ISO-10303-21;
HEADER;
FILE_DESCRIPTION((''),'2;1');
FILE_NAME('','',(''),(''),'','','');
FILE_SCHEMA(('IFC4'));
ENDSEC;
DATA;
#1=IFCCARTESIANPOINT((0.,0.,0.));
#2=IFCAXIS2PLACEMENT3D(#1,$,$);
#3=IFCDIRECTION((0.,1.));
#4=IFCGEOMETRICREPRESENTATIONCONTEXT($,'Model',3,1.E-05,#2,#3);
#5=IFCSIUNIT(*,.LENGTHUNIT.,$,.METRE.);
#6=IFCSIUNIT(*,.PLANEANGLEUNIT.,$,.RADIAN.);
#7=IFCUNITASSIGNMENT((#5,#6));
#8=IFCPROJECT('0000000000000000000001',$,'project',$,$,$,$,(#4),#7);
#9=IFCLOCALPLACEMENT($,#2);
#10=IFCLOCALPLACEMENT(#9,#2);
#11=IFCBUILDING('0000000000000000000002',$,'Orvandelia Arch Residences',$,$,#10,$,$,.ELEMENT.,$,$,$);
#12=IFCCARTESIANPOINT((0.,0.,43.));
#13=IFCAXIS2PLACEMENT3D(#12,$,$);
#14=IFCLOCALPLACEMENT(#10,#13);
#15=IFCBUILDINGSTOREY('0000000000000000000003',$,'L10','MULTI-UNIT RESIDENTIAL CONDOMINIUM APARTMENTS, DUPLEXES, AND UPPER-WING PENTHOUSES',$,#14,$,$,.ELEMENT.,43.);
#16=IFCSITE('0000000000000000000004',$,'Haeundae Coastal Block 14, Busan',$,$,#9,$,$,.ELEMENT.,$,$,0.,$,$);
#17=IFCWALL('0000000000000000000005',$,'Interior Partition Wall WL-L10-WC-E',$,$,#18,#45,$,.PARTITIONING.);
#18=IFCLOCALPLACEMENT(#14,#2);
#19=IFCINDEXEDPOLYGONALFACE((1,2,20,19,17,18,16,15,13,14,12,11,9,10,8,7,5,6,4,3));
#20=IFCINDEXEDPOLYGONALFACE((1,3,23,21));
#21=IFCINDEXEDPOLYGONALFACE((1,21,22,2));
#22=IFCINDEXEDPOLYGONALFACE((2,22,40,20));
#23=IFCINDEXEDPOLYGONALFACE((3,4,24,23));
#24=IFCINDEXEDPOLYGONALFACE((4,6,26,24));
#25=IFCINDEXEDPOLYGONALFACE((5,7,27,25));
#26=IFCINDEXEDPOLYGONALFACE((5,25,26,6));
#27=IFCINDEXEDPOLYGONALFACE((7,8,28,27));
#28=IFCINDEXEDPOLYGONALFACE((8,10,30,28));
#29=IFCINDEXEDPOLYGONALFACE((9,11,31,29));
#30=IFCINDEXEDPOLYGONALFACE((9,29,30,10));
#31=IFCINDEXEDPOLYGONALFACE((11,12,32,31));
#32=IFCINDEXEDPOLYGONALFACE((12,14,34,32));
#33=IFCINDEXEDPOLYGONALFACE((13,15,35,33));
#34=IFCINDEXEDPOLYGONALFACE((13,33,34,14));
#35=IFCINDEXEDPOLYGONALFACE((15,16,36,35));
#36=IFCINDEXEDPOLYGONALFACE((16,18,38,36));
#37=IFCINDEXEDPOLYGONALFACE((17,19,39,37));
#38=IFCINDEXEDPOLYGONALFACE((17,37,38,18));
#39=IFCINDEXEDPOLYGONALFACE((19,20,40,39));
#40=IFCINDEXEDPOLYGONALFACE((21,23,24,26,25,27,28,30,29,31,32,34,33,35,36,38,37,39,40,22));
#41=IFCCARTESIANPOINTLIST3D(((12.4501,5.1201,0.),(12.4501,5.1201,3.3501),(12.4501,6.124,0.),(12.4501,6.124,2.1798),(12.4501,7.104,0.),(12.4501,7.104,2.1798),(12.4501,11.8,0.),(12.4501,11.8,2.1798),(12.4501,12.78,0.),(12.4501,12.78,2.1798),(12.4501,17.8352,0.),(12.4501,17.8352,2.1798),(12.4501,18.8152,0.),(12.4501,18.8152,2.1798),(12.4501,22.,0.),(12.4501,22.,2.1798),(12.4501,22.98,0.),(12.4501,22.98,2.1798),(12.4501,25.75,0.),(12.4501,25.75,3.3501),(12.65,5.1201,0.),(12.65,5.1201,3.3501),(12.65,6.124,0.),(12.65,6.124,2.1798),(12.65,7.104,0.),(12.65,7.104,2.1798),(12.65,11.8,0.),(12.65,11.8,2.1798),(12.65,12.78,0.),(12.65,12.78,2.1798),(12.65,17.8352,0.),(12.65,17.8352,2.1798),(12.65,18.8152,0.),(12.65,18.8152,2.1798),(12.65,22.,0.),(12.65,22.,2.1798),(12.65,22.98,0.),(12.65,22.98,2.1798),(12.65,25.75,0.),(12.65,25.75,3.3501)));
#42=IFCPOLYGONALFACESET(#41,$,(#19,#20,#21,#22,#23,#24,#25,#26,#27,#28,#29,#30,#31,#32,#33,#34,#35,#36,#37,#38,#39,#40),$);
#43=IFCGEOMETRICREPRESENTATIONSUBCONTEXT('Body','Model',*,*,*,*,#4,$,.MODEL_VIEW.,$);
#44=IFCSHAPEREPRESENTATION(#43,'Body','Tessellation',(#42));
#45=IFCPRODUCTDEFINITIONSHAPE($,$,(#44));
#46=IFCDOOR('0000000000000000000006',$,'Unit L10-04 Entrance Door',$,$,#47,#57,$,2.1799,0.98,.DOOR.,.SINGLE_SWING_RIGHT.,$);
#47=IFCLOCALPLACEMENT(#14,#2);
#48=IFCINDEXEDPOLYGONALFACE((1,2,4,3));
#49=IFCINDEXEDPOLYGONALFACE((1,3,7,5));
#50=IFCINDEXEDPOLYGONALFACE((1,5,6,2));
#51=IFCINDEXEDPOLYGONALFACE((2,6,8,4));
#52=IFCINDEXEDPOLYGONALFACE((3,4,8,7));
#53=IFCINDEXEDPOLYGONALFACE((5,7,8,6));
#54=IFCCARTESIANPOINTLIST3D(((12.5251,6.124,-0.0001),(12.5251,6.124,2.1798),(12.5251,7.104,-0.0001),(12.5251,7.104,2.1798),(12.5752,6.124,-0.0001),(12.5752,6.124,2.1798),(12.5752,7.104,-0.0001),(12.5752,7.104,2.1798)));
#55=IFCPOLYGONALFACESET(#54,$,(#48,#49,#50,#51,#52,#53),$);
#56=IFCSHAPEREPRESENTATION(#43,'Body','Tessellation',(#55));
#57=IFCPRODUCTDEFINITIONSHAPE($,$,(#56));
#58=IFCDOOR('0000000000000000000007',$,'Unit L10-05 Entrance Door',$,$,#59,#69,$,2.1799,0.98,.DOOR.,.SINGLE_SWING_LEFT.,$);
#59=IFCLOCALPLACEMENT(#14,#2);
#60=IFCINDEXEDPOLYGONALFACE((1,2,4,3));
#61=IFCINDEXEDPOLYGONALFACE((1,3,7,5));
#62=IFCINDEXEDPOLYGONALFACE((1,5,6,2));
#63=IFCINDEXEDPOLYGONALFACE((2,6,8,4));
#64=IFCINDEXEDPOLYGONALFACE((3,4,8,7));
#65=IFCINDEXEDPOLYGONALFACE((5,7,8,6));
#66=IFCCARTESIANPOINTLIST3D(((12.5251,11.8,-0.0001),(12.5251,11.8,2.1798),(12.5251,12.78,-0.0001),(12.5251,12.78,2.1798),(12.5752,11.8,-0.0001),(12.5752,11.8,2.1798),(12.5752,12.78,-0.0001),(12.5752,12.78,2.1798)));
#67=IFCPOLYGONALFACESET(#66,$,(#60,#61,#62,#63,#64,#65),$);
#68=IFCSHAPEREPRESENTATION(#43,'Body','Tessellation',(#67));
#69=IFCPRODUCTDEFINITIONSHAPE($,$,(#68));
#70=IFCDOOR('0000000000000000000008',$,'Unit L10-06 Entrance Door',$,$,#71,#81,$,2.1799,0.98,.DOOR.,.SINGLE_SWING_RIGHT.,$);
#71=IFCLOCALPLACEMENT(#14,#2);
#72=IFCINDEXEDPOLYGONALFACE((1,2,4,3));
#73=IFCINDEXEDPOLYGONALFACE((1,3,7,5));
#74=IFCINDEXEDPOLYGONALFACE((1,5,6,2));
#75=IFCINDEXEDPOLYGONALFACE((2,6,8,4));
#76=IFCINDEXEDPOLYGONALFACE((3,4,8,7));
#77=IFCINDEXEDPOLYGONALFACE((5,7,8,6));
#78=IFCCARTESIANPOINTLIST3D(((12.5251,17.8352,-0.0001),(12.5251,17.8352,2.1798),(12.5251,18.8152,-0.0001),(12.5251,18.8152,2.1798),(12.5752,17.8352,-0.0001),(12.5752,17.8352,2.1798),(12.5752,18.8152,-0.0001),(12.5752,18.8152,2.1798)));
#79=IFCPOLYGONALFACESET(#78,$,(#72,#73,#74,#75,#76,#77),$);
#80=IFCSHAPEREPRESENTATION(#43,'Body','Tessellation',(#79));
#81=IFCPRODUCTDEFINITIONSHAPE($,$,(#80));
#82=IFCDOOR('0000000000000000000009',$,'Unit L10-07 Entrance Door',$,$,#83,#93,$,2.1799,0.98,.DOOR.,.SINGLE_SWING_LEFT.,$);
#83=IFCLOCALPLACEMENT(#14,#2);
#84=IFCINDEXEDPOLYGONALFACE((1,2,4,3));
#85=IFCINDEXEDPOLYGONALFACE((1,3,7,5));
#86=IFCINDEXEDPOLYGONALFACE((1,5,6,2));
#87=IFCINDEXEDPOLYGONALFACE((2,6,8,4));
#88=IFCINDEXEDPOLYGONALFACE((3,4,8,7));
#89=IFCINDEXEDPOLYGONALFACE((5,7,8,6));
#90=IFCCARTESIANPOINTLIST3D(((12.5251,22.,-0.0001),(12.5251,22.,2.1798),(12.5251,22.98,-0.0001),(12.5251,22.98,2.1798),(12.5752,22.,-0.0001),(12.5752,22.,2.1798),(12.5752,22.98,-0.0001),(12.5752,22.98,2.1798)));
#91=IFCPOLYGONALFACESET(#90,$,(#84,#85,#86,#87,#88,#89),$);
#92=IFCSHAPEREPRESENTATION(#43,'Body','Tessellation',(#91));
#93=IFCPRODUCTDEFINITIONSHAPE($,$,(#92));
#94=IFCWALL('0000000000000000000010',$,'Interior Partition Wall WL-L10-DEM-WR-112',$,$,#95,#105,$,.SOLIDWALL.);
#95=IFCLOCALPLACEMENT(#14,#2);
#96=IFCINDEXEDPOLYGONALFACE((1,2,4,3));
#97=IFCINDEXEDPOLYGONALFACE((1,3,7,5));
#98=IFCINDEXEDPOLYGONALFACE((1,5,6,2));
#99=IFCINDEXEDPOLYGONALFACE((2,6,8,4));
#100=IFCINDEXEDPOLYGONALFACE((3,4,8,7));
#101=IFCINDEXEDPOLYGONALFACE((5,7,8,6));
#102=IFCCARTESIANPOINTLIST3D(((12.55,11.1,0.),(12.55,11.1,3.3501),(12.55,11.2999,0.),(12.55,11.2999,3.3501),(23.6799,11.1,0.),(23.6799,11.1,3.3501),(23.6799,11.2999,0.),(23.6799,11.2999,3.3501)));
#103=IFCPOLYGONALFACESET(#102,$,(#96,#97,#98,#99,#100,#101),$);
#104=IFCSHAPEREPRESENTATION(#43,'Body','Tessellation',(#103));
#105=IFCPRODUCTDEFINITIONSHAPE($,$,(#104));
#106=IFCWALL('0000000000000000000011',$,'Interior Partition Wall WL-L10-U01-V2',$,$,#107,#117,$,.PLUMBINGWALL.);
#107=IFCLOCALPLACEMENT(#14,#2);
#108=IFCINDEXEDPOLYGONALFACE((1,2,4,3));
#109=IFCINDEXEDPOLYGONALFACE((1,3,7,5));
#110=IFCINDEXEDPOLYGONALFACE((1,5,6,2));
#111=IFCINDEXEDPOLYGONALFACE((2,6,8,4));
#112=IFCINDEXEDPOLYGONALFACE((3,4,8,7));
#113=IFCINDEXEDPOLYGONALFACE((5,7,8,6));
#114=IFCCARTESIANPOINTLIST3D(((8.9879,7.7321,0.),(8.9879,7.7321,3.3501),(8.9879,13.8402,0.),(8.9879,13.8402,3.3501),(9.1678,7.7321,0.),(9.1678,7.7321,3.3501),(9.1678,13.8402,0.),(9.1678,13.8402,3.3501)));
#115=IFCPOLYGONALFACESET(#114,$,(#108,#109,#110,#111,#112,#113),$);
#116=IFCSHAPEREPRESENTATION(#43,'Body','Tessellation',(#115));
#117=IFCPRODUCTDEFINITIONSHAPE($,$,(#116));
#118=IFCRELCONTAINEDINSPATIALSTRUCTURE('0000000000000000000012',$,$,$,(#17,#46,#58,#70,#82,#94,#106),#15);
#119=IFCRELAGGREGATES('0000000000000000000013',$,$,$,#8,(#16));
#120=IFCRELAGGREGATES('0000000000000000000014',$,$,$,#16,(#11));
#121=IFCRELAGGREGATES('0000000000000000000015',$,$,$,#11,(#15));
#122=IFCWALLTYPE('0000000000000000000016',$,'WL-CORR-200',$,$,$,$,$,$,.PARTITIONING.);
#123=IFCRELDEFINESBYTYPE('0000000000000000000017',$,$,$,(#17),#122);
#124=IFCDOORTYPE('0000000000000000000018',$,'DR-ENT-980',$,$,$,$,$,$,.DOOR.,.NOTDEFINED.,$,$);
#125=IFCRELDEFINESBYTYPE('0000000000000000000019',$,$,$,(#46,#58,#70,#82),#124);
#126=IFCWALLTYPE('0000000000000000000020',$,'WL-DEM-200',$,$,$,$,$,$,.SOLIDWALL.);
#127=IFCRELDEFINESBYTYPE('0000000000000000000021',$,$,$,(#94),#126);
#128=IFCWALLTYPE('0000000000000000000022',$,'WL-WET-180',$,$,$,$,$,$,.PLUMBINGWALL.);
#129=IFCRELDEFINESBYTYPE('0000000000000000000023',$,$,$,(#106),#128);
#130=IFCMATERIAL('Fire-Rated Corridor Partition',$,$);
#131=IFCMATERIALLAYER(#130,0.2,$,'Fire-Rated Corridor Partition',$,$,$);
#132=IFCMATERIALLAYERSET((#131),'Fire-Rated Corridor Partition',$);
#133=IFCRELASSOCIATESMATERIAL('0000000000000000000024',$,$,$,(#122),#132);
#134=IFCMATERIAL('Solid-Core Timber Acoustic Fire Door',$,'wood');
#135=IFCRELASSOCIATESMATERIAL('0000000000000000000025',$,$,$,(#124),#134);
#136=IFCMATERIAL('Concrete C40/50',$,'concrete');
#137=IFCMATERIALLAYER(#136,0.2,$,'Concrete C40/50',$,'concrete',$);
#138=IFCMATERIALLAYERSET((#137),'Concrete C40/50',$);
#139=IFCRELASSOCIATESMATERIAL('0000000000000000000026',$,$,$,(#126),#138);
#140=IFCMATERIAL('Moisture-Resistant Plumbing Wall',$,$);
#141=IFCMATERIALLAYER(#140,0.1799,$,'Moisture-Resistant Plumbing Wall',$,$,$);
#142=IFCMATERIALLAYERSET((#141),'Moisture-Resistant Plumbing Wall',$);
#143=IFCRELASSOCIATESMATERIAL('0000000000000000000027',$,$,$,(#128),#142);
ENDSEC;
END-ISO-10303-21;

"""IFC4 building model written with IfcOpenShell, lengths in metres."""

from ifc_helpers import new_model, si_unit, direction, frame, frame_2d, origin, place, context, subcontext, project, spatial, rectangle, extrude, material, layer, layer_set, type_object, element, fill, save


model = new_model("IFC4")

# Units and contexts
model_context = context("Model", 3, precision=1e-05, world=origin(), true_north=direction((0.0, 1.0)))
body_context = subcontext(model_context, "Body", "Model", "MODEL_VIEW")
ifc_project = project(units=[si_unit("LENGTHUNIT", "METRE"), si_unit("PLANEANGLEUNIT", "RADIAN")], contexts=[model_context])

# Site, building, storey
site_placement = place(None, origin())
site = spatial("IfcSite", under=ifc_project, at=site_placement, Name="Haeundae Coastal Block 14, Busan", CompositionType="ELEMENT", RefElevation=0.0)
building_placement = place(site_placement, origin())
building = spatial("IfcBuilding", under=site, at=building_placement, Name="Orvandelia Arch Residences", CompositionType="ELEMENT")
storey_placement = place(building_placement, frame((0.0, 0.0, 43.0)))
storey = spatial("IfcBuildingStorey", under=building, at=storey_placement, Name="L10", Description="MULTI-UNIT RESIDENTIAL CONDOMINIUM APARTMENTS, DUPLEXES, AND UPPER-WING PENTHOUSES", CompositionType="ELEMENT", Elevation=43.0)

# Wall, openings, doors
ifc_material_1 = material(Name="Fire-Rated Corridor Partition")
ifc_layer_1 = layer(ifc_material_1, 0.2, Name="Fire-Rated Corridor Partition")
ifc_layer_set_1 = layer_set([ifc_layer_1], Name="Fire-Rated Corridor Partition")
wall_type_1 = type_object("IfcWallType", Name="WL-CORR-200", PredefinedType="PARTITIONING", material=ifc_layer_set_1)
ifc_material_2 = material(Name="Solid-Core Timber Acoustic Fire Door", Category="wood")
door_type_1 = type_object("IfcDoorType", Name="DR-ENT-980", OperationType="NOTDEFINED", PredefinedType="DOOR", material=ifc_material_2)
wall_1_placement = place(storey_placement, frame((12.55, 5.1201, 0.0), z_axis=(0.0, 0.0, 1.0), x_axis=(0.0, 1.0, 0.0)))
wall_1 = element("IfcWall", 1, at=wall_1_placement, inside=storey, type_object=wall_type_1, Name="Interior Partition Wall WL-L10-WC-E", PredefinedType="PARTITIONING", context=body_context, shape_type="SweptSolid", body=[
    extrude(rectangle(XDim=20.6299, YDim=0.2, at=frame_2d((10.3149, 0.0))), origin(), (0.0, 0.0, 1.0), 3.3501),
])
opening_1_placement = place(wall_1_placement, frame((1.0039, 0.0, 0.0)))
opening_1 = element("IfcOpeningElement", 2, at=opening_1_placement, cuts=wall_1, PredefinedType="OPENING", context=body_context, shape_type="SweptSolid", body=[
    extrude(rectangle(XDim=0.98, YDim=2.1799, at=frame_2d((0.49, 1.0898))), frame((0.0, 0.1099, 0.0), z_axis=(0.0, -1.0, 0.0), x_axis=(1.0, 0.0, 0.0)), (0.0, 0.0, 1.0), 0.22),
])
opening_2_placement = place(wall_1_placement, frame((6.6799, 0.0, 0.0)))
opening_2 = element("IfcOpeningElement", 3, at=opening_2_placement, cuts=wall_1, PredefinedType="OPENING", context=body_context, shape_type="SweptSolid", body=[
    extrude(rectangle(XDim=0.98, YDim=2.1799, at=frame_2d((0.49, 1.0898))), frame((0.0, 0.1099, 0.0), z_axis=(0.0, -1.0, 0.0), x_axis=(1.0, 0.0, 0.0)), (0.0, 0.0, 1.0), 0.22),
])
opening_3_placement = place(wall_1_placement, frame((12.7151, 0.0, 0.0)))
opening_3 = element("IfcOpeningElement", 4, at=opening_3_placement, cuts=wall_1, PredefinedType="OPENING", context=body_context, shape_type="SweptSolid", body=[
    extrude(rectangle(XDim=0.98, YDim=2.1799, at=frame_2d((0.49, 1.0898))), frame((0.0, 0.1099, 0.0), z_axis=(0.0, -1.0, 0.0), x_axis=(1.0, 0.0, 0.0)), (0.0, 0.0, 1.0), 0.22),
])
opening_4_placement = place(wall_1_placement, frame((16.8799, 0.0, 0.0)))
opening_4 = element("IfcOpeningElement", 5, at=opening_4_placement, cuts=wall_1, PredefinedType="OPENING", context=body_context, shape_type="SweptSolid", body=[
    extrude(rectangle(XDim=0.98, YDim=2.1799, at=frame_2d((0.49, 1.0898))), frame((0.0, 0.1099, 0.0), z_axis=(0.0, -1.0, 0.0), x_axis=(1.0, 0.0, 0.0)), (0.0, 0.0, 1.0), 0.22),
])
door_1_placement = place(opening_1_placement, origin())
door_1 = element("IfcDoor", 6, at=door_1_placement, inside=storey, type_object=door_type_1, Name="Unit L10-04 Entrance Door", OperationType="SINGLE_SWING_RIGHT", OverallHeight=2.1799, OverallWidth=0.98, PredefinedType="DOOR", context=body_context, shape_type="SweptSolid", body=[
    extrude(rectangle(XDim=0.98, YDim=2.1799, at=frame_2d((0.49, 1.0898))), frame((0.0, 0.0249, 0.0), z_axis=(0.0, -1.0, 0.0), x_axis=(1.0, 0.0, 0.0)), (0.0, 0.0, 1.0), 0.05),
])
fill(opening_1, door_1)
door_2_placement = place(opening_2_placement, origin())
door_2 = element("IfcDoor", 7, at=door_2_placement, inside=storey, type_object=door_type_1, Name="Unit L10-05 Entrance Door", OperationType="SINGLE_SWING_LEFT", OverallHeight=2.1799, OverallWidth=0.98, PredefinedType="DOOR", context=body_context, shape_type="SweptSolid", body=[
    extrude(rectangle(XDim=0.98, YDim=2.1799, at=frame_2d((0.49, 1.0898))), frame((0.0, 0.0249, 0.0), z_axis=(0.0, -1.0, 0.0), x_axis=(1.0, 0.0, 0.0)), (0.0, 0.0, 1.0), 0.05),
])
fill(opening_2, door_2)
door_3_placement = place(opening_3_placement, origin())
door_3 = element("IfcDoor", 8, at=door_3_placement, inside=storey, type_object=door_type_1, Name="Unit L10-06 Entrance Door", OperationType="SINGLE_SWING_RIGHT", OverallHeight=2.1799, OverallWidth=0.98, PredefinedType="DOOR", context=body_context, shape_type="SweptSolid", body=[
    extrude(rectangle(XDim=0.98, YDim=2.1799, at=frame_2d((0.49, 1.0898))), frame((0.0, 0.0249, 0.0), z_axis=(0.0, -1.0, 0.0), x_axis=(1.0, 0.0, 0.0)), (0.0, 0.0, 1.0), 0.05),
])
fill(opening_3, door_3)
door_4_placement = place(opening_4_placement, origin())
door_4 = element("IfcDoor", 9, at=door_4_placement, inside=storey, type_object=door_type_1, Name="Unit L10-07 Entrance Door", OperationType="SINGLE_SWING_LEFT", OverallHeight=2.1799, OverallWidth=0.98, PredefinedType="DOOR", context=body_context, shape_type="SweptSolid", body=[
    extrude(rectangle(XDim=0.98, YDim=2.1799, at=frame_2d((0.49, 1.0898))), frame((0.0, 0.0249, 0.0), z_axis=(0.0, -1.0, 0.0), x_axis=(1.0, 0.0, 0.0)), (0.0, 0.0, 1.0), 0.05),
])
fill(opening_4, door_4)

# Walls
ifc_material_3 = material(Name="Concrete C40/50", Category="concrete")
ifc_layer_2 = layer(ifc_material_3, 0.2, Name="Concrete C40/50", Category="concrete")
ifc_layer_set_2 = layer_set([ifc_layer_2], Name="Concrete C40/50")
wall_type_2 = type_object("IfcWallType", Name="WL-DEM-200", PredefinedType="SOLIDWALL", material=ifc_layer_set_2)
wall_2_placement = place(storey_placement, frame((12.55, 11.2, 0.0), z_axis=(0.0, 0.0, 1.0), x_axis=(1.0, 0.0, 0.0)))
element("IfcWall", 10, at=wall_2_placement, inside=storey, type_object=wall_type_2, Name="Interior Partition Wall WL-L10-DEM-WR-112", PredefinedType="SOLIDWALL", context=body_context, shape_type="SweptSolid", body=[
    extrude(rectangle(XDim=11.1299, YDim=0.2, at=frame_2d((5.5649, 0.0))), origin(), (0.0, 0.0, 1.0), 3.3501),
])
ifc_material_4 = material(Name="Moisture-Resistant Plumbing Wall")
ifc_layer_3 = layer(ifc_material_4, 0.1799, Name="Moisture-Resistant Plumbing Wall")
ifc_layer_set_3 = layer_set([ifc_layer_3], Name="Moisture-Resistant Plumbing Wall")
wall_type_3 = type_object("IfcWallType", Name="WL-WET-180", PredefinedType="PLUMBINGWALL", material=ifc_layer_set_3)
wall_3_placement = place(storey_placement, frame((9.0779, 7.7319, 0.0), z_axis=(0.0, 0.0, 1.0), x_axis=(0.0, 1.0, 0.0)))
element("IfcWall", 11, at=wall_3_placement, inside=storey, type_object=wall_type_3, Name="Interior Partition Wall WL-L10-U01-V2", PredefinedType="PLUMBINGWALL", context=body_context, shape_type="SweptSolid", body=[
    extrude(rectangle(XDim=6.1082, YDim=0.1799, at=frame_2d((3.0542, 0.0))), origin(), (0.0, 0.0, 1.0), 3.3501),
])

save(model, "model.ifc")
